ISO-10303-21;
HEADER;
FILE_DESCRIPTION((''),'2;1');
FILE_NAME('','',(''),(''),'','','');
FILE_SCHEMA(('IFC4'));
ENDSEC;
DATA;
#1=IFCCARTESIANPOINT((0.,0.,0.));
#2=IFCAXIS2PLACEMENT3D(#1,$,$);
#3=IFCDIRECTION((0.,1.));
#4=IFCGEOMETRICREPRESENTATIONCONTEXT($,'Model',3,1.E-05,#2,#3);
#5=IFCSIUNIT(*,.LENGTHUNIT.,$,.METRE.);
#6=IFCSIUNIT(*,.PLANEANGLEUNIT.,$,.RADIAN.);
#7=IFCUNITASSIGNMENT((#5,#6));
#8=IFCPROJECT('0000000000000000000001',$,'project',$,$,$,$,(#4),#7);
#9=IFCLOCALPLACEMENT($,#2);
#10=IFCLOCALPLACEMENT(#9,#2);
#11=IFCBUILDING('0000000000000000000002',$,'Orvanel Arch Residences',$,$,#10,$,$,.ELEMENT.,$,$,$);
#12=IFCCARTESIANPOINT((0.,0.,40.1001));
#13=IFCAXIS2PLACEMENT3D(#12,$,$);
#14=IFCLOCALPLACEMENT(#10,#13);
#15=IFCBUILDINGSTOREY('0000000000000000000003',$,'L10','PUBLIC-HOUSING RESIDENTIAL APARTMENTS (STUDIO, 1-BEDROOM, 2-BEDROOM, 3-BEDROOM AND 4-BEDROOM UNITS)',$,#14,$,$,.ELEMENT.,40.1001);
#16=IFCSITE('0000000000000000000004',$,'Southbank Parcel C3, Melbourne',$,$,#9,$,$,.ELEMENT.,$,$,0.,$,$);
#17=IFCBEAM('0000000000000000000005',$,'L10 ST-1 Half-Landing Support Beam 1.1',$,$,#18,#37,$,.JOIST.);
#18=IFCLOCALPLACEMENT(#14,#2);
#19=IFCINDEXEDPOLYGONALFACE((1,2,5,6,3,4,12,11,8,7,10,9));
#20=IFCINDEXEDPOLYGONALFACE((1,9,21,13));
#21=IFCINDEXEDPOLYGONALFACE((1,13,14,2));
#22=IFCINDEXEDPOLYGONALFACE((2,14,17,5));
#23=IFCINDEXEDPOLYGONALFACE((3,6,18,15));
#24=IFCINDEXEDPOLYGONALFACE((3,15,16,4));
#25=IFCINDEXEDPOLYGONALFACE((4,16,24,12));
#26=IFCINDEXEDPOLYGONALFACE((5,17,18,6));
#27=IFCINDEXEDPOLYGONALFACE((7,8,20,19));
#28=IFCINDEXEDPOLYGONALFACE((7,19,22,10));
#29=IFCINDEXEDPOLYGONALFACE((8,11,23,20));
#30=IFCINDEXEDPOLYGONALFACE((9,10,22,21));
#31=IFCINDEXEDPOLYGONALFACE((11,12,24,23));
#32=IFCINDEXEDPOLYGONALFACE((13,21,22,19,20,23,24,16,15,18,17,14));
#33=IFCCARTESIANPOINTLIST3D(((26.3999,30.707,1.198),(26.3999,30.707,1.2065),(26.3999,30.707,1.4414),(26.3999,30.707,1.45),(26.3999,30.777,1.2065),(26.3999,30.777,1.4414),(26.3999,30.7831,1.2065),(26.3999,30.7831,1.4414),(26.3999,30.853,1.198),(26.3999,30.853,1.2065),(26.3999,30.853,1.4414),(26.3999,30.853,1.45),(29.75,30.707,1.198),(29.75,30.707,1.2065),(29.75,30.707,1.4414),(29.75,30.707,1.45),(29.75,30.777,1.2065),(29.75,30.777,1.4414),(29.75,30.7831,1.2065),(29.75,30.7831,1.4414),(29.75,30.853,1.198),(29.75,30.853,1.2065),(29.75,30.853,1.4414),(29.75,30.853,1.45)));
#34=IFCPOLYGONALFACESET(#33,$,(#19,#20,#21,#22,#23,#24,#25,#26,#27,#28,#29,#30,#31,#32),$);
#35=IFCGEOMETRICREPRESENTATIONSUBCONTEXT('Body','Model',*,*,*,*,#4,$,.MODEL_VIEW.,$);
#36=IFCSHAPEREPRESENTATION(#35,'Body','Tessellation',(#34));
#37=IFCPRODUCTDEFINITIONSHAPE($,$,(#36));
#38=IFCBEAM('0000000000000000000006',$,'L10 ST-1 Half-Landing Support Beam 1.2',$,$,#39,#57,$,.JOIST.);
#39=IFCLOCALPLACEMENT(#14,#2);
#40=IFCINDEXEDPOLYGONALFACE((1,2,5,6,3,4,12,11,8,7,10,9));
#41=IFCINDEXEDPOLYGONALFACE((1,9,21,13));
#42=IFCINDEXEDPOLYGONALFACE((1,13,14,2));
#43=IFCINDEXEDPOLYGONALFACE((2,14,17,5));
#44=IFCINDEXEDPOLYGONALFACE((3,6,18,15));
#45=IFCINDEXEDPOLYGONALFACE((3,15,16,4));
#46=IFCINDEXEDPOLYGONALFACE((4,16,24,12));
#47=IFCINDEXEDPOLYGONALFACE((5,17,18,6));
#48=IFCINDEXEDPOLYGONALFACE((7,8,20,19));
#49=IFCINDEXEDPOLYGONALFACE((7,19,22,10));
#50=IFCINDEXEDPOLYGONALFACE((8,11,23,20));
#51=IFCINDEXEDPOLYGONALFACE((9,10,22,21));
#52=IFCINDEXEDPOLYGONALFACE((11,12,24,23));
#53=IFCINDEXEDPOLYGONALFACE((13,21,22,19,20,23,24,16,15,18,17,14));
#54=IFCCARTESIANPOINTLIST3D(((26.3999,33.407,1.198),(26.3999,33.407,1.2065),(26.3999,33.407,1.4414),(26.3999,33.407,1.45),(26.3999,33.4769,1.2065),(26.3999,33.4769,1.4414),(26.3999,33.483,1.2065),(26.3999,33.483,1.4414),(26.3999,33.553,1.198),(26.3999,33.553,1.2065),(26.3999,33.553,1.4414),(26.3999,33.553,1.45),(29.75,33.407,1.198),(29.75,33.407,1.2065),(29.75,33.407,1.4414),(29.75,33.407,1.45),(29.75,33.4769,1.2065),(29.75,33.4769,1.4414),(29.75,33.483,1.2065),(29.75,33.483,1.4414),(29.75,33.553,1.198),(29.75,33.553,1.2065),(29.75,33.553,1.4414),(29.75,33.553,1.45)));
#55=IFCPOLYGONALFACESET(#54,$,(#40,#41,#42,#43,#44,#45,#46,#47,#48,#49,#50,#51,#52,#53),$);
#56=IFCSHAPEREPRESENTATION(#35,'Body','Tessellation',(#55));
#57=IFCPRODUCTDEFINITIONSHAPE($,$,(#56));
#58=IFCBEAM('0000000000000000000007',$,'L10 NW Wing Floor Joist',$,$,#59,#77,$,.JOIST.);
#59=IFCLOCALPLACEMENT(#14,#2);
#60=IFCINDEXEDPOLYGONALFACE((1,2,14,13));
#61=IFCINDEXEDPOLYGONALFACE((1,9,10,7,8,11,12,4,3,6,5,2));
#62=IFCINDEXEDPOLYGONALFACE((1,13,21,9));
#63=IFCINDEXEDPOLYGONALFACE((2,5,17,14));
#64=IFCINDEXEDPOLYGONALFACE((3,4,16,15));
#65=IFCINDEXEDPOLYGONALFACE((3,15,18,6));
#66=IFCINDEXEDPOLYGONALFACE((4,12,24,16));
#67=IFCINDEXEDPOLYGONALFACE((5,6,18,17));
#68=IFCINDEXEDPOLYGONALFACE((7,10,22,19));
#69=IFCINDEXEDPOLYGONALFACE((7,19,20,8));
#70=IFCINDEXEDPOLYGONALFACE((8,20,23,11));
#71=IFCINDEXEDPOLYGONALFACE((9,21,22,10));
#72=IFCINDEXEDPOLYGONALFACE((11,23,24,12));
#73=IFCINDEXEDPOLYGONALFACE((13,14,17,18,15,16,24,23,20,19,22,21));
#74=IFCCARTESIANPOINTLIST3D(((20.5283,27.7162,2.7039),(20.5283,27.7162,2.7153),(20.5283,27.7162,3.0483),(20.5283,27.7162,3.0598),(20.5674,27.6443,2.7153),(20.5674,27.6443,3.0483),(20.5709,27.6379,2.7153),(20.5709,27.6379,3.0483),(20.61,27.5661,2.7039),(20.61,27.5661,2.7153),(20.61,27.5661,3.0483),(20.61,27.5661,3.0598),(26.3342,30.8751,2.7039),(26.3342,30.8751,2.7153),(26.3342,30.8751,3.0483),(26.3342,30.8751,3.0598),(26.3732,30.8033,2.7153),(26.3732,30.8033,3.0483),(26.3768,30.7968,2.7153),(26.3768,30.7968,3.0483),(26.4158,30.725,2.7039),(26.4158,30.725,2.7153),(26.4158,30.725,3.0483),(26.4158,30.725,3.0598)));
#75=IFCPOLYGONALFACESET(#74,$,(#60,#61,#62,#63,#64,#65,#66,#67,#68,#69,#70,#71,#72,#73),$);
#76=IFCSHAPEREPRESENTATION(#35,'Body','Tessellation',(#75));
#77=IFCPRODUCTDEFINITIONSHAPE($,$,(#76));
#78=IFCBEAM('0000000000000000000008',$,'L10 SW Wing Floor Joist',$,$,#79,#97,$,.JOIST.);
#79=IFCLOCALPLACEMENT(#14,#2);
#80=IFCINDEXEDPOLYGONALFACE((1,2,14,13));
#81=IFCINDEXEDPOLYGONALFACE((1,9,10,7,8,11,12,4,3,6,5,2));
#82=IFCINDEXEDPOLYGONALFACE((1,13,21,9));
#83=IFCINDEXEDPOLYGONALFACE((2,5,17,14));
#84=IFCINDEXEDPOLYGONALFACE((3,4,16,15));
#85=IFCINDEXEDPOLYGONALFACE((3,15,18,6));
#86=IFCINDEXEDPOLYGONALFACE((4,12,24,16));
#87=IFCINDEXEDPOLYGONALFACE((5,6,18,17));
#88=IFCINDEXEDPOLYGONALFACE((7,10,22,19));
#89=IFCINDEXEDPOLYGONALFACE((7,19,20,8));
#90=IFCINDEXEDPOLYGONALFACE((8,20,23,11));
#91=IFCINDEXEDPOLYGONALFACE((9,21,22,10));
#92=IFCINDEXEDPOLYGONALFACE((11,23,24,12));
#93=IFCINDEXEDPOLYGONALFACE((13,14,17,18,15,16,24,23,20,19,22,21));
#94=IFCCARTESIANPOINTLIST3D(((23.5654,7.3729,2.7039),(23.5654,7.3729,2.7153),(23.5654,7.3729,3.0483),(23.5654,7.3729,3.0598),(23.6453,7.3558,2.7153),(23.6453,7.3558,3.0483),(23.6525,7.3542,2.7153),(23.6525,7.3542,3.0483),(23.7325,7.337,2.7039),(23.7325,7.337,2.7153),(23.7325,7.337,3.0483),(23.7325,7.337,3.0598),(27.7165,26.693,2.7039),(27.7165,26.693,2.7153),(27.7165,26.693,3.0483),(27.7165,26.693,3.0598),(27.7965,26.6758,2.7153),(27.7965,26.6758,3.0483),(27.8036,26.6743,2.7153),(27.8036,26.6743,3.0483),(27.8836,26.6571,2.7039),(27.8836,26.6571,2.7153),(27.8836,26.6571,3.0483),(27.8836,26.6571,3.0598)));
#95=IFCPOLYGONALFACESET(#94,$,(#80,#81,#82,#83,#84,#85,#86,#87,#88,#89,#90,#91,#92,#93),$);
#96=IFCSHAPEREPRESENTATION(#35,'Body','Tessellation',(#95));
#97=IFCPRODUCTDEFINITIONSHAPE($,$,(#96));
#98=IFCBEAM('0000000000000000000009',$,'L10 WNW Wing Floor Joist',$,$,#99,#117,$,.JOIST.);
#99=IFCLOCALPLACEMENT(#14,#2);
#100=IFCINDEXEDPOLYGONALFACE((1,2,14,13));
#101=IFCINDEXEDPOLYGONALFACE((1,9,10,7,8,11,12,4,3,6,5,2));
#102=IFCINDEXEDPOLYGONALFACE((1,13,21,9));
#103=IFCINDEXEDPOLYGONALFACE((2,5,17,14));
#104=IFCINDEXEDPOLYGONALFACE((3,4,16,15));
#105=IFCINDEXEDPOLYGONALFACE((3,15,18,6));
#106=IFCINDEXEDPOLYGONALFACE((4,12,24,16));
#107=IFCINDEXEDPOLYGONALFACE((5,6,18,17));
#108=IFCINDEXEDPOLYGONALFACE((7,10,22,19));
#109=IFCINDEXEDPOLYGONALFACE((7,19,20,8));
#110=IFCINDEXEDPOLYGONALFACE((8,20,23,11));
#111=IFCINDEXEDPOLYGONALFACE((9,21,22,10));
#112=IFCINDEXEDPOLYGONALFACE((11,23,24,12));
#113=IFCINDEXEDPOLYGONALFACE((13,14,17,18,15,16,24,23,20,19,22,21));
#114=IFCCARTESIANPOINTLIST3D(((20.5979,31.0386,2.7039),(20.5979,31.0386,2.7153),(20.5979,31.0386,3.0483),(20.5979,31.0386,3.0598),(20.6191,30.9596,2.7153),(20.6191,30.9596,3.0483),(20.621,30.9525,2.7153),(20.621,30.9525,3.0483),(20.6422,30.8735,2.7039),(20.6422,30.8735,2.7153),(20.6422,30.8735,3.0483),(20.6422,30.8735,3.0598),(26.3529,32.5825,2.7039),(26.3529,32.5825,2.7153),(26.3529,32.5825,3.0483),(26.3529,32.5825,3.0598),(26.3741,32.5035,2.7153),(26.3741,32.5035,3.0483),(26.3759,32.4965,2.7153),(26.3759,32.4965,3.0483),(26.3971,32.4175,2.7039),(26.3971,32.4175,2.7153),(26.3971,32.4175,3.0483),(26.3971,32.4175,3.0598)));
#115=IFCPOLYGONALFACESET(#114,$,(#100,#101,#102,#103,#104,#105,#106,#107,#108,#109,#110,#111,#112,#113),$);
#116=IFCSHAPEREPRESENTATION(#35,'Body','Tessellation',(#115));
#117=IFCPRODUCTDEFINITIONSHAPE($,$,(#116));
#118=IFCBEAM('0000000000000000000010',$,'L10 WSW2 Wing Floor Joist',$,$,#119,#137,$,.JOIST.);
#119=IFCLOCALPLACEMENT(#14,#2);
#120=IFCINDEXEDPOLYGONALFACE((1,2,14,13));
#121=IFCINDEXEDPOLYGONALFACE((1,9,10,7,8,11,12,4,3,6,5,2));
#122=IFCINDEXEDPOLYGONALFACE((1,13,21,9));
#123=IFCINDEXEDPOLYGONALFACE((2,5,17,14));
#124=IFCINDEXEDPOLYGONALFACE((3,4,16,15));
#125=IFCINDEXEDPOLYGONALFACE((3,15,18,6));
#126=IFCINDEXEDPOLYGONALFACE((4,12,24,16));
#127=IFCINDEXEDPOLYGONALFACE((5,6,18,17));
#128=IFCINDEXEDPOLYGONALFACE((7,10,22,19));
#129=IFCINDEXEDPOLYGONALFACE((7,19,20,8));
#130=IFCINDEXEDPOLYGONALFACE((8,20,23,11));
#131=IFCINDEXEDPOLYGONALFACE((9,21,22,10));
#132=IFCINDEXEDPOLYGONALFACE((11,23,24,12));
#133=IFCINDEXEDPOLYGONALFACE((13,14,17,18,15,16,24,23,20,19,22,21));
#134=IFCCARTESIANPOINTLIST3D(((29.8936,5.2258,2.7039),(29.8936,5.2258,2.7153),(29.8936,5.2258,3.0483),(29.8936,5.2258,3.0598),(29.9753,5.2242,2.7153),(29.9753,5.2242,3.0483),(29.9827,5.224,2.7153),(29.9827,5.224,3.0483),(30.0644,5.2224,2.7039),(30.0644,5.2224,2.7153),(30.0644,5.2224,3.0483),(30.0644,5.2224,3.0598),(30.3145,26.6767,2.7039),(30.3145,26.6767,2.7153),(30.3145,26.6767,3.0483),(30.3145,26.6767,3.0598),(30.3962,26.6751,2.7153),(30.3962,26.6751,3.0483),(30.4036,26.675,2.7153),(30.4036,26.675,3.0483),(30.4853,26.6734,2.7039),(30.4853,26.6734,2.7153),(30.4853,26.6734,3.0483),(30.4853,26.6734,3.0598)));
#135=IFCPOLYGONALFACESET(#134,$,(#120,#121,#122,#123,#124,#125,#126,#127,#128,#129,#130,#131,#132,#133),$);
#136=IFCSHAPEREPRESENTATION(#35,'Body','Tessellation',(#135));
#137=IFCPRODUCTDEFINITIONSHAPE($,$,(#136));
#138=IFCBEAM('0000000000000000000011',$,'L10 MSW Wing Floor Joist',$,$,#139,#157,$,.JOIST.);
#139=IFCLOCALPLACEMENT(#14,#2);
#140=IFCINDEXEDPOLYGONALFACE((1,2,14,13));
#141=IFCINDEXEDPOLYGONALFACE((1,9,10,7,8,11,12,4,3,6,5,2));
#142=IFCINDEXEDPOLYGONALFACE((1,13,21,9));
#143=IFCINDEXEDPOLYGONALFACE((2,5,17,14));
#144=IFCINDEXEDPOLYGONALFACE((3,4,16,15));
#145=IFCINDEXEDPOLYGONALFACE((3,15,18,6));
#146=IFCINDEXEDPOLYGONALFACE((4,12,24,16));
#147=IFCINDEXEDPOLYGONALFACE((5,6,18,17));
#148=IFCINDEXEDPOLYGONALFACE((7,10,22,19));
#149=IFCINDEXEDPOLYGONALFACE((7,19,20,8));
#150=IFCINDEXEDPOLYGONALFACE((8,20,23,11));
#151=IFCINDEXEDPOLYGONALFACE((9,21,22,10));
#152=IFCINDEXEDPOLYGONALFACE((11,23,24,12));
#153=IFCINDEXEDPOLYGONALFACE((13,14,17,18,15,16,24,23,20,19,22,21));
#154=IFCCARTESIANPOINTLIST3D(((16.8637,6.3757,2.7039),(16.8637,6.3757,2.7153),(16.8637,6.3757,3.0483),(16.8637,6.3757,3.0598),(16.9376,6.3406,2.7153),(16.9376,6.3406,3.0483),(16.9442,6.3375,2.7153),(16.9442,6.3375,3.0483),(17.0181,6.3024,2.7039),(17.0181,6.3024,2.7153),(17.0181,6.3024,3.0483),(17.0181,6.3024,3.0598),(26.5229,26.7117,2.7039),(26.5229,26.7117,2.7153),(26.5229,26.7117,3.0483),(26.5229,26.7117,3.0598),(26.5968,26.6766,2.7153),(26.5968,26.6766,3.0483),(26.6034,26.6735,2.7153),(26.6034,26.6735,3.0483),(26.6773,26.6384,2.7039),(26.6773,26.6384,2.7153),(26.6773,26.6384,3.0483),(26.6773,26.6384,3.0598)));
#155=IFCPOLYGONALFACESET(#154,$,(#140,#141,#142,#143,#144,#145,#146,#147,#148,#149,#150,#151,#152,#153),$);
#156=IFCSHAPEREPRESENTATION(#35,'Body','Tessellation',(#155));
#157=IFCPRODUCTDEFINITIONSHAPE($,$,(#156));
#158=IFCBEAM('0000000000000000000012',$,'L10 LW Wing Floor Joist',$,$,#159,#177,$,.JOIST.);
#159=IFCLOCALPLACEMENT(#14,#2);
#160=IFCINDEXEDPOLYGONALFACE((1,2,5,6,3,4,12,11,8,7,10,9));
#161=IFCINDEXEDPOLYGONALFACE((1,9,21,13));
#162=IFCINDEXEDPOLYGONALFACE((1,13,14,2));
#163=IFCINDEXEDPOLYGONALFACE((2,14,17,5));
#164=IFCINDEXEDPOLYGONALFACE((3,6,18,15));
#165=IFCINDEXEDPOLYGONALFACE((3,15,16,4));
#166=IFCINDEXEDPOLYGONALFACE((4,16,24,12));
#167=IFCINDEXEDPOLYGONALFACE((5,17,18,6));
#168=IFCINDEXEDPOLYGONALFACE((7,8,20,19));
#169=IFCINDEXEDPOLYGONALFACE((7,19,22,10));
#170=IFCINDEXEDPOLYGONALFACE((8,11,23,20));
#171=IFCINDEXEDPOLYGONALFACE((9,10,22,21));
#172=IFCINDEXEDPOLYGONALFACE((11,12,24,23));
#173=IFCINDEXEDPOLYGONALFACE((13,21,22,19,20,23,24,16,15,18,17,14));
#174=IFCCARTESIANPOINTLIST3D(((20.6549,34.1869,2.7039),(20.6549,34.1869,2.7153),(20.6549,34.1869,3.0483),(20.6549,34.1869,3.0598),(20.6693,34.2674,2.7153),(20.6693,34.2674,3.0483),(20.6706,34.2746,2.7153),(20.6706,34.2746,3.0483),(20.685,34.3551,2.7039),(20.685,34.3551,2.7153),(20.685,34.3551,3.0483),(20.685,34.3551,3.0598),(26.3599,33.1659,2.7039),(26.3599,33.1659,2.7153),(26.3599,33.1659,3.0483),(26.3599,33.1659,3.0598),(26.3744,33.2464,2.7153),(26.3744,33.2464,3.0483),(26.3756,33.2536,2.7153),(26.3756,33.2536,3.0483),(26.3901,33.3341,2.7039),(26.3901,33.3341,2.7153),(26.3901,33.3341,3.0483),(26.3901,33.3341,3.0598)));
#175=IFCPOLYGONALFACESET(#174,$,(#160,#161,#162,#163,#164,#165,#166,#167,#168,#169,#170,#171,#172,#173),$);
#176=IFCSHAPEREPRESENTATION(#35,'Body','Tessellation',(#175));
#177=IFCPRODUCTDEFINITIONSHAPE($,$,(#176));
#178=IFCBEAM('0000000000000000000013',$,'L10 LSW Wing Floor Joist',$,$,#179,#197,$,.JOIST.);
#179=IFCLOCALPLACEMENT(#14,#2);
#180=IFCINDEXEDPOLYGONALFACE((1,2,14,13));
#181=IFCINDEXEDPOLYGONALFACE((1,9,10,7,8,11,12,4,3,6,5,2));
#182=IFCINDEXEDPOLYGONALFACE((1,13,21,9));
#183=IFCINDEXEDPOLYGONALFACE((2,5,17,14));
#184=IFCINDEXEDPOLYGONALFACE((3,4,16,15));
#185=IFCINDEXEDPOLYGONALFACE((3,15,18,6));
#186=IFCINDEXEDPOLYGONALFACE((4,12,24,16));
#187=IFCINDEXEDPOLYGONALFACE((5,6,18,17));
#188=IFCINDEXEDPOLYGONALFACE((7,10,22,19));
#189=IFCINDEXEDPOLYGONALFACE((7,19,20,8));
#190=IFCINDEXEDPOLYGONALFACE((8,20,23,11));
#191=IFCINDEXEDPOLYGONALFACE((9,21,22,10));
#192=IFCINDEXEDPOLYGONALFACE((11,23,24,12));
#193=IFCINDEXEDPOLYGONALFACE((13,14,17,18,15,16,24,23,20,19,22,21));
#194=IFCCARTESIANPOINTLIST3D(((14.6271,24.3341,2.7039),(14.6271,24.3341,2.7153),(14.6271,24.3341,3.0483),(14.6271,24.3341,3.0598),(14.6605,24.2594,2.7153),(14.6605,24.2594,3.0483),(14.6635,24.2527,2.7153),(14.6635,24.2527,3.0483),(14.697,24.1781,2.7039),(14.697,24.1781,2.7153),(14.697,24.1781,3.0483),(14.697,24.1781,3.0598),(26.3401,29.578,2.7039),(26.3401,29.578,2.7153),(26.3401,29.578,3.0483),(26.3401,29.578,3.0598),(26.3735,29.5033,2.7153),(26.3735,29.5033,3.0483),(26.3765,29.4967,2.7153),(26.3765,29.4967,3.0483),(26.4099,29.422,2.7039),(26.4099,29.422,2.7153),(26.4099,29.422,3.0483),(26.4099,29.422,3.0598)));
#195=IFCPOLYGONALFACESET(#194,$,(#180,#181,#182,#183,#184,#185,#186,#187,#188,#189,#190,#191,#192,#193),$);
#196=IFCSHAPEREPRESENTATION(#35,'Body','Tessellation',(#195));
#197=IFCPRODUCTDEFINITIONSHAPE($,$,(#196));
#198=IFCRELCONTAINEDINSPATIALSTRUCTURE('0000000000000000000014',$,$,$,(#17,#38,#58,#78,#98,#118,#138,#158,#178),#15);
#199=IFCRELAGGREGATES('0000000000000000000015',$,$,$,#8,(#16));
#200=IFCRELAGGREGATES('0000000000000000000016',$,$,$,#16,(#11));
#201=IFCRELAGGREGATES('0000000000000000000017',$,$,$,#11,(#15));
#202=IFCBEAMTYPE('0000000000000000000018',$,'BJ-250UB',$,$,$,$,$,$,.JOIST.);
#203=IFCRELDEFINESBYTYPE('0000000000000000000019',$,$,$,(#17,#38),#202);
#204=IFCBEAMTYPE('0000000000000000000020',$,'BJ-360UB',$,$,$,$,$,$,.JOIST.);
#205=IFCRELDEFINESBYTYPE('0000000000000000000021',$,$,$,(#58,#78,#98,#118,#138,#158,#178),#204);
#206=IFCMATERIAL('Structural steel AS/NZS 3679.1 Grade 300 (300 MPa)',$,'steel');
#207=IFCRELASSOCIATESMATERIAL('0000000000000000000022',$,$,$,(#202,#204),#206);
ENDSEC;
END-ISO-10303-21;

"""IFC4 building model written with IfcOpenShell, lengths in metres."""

from ifc_helpers import new_model, si_unit, direction, frame, origin, origin_2d, place, context, subcontext, project, spatial, i_section, extrude, material, material_profile, profile_set, type_object, element, save


model = new_model("IFC4")

# Units and contexts
model_context = context("Model", 3, precision=1e-05, world=origin(), true_north=direction((0.0, 1.0)))
body_context = subcontext(model_context, "Body", "Model", "MODEL_VIEW")
ifc_project = project(units=[si_unit("LENGTHUNIT", "METRE"), si_unit("PLANEANGLEUNIT", "RADIAN")], contexts=[model_context])

# Site, building, storey
site_placement = place(None, origin())
site = spatial("IfcSite", under=ifc_project, at=site_placement, Name="Southbank Parcel C3, Melbourne", CompositionType="ELEMENT", RefElevation=0.0)
building_placement = place(site_placement, origin())
building = spatial("IfcBuilding", under=site, at=building_placement, Name="Orvanel Arch Residences", CompositionType="ELEMENT")
storey_placement = place(building_placement, frame((0.0, 0.0, 40.1001)))
storey = spatial("IfcBuildingStorey", under=building, at=storey_placement, Name="L10", Description="PUBLIC-HOUSING RESIDENTIAL APARTMENTS (STUDIO, 1-BEDROOM, 2-BEDROOM, 3-BEDROOM AND 4-BEDROOM UNITS)", CompositionType="ELEMENT", Elevation=40.1001)

# Beams
ifc_material_1 = material(Name="Structural steel AS/NZS 3679.1 Grade 300 (300 MPa)", Category="steel")
ifc_material_profile_1 = material_profile(ifc_material_1, i_section(OverallWidth=0.146, OverallDepth=0.252, WebThickness=0.0061, FlangeThickness=0.0085, at=origin_2d()), Name="250UB31.4")
ifc_profile_set_1 = profile_set([ifc_material_profile_1], Name="Structural steel AS/NZS 3679.1 Grade 300 (300 MPa)")
beam_type_1 = type_object("IfcBeamType", Name="BJ-250UB", PredefinedType="JOIST", material=ifc_profile_set_1)
for number, where, z_axis, x_axis, name in (
    (1, (26.3999, 30.78, 1.324), (1.0, 0.0, 0.0), (0.0, 1.0, 0.0), "L10 ST-1 Half-Landing Support Beam 1.1"),
    (2, (26.3999, 33.48, 1.324), (1.0, 0.0, 0.0), (0.0, 1.0, 0.0), "L10 ST-1 Half-Landing Support Beam 1.2"),
):
    element("IfcBeam", number, at=place(storey_placement, frame(where, z_axis=z_axis, x_axis=x_axis)), inside=storey, type_object=beam_type_1, Name=name, PredefinedType="JOIST", context=body_context, shape_type="SweptSolid", body=[
        extrude(i_section(OverallWidth=0.146, OverallDepth=0.252, WebThickness=0.0061, FlangeThickness=0.0085, at=origin_2d()), origin(), (0.0, 0.0, 1.0), 3.3501),
    ])
ifc_material_profile_2 = material_profile(ifc_material_1, i_section(OverallWidth=0.1709, OverallDepth=0.356, WebThickness=0.0073, FlangeThickness=0.0115, at=origin_2d()), Name="360UB50.7")
ifc_profile_set_2 = profile_set([ifc_material_profile_2], Name="Structural steel AS/NZS 3679.1 Grade 300 (300 MPa)")
beam_type_2 = type_object("IfcBeamType", Name="BJ-360UB", PredefinedType="JOIST", material=ifc_profile_set_2)
beam_1_placement = place(storey_placement, frame((26.375, 30.8, 2.8818), z_axis=(-0.878399, -0.477928, 0.0), x_axis=(0.477928, -0.878399, 0.0)))
element("IfcBeam", 3, at=beam_1_placement, inside=storey, type_object=beam_type_2, Name="L10 NW Wing Floor Joist", PredefinedType="JOIST", context=body_context, shape_type="SweptSolid", body=[
    extrude(i_section(OverallWidth=0.1709, OverallDepth=0.356, WebThickness=0.0073, FlangeThickness=0.0115, at=origin_2d()), origin(), (0.0, 0.0, 1.0), 6.6096),
])
beam_2_placement = place(storey_placement, frame((27.8, 26.675, 2.8818), z_axis=(-0.210067, -0.977687, 0.0), x_axis=(0.977687, -0.210067, 0.0)))
element("IfcBeam", 4, at=beam_2_placement, inside=storey, type_object=beam_type_2, Name="L10 SW Wing Floor Joist", PredefinedType="JOIST", context=body_context, shape_type="SweptSolid", body=[
    extrude(i_section(OverallWidth=0.1709, OverallDepth=0.356, WebThickness=0.0073, FlangeThickness=0.0115, at=origin_2d()), origin(), (0.0, 0.0, 1.0), 19.761),
])
beam_3_placement = place(storey_placement, frame((26.375, 32.5, 2.8818), z_axis=(-0.965845, -0.259121, 0.0), x_axis=(0.259121, -0.965845, 0.0)))
element("IfcBeam", 5, at=beam_3_placement, inside=storey, type_object=beam_type_2, Name="L10 WNW Wing Floor Joist", PredefinedType="JOIST", context=body_context, shape_type="SweptSolid", body=[
    extrude(i_section(OverallWidth=0.1709, OverallDepth=0.356, WebThickness=0.0073, FlangeThickness=0.0115, at=origin_2d()), origin(), (0.0, 0.0, 1.0), 5.9585),
])
beam_4_placement = place(storey_placement, frame((30.3999, 26.675, 2.8818), z_axis=(-0.019618, -0.999808, 0.0), x_axis=(0.999808, -0.019618, 0.0)))
element("IfcBeam", 6, at=beam_4_placement, inside=storey, type_object=beam_type_2, Name="L10 WSW2 Wing Floor Joist", PredefinedType="JOIST", context=body_context, shape_type="SweptSolid", body=[
    extrude(i_section(OverallWidth=0.1709, OverallDepth=0.356, WebThickness=0.0073, FlangeThickness=0.0115, at=origin_2d()), origin(), (0.0, 0.0, 1.0), 21.4551),
])
beam_5_placement = place(storey_placement, frame((26.6001, 26.675, 2.8818), z_axis=(-0.429043, -0.903284, 0.0), x_axis=(0.903284, -0.429043, 0.0)))
element("IfcBeam", 7, at=beam_5_placement, inside=storey, type_object=beam_type_2, Name="L10 MSW Wing Floor Joist", PredefinedType="JOIST", context=body_context, shape_type="SweptSolid", body=[
    extrude(i_section(OverallWidth=0.1709, OverallDepth=0.356, WebThickness=0.0073, FlangeThickness=0.0115, at=origin_2d()), origin(), (0.0, 0.0, 1.0), 22.5134),
])
beam_6_placement = place(storey_placement, frame((26.375, 33.25, 2.8818), z_axis=(-0.984361, 0.176164, 0.0), x_axis=(-0.176164, -0.984361, 0.0)))
element("IfcBeam", 8, at=beam_6_placement, inside=storey, type_object=beam_type_2, Name="L10 LW Wing Floor Joist", PredefinedType="JOIST", context=body_context, shape_type="SweptSolid", body=[
    extrude(i_section(OverallWidth=0.1709, OverallDepth=0.356, WebThickness=0.0073, FlangeThickness=0.0115, at=origin_2d()), origin(), (0.0, 0.0, 1.0), 5.7957),
])
beam_7_placement = place(storey_placement, frame((26.375, 29.5, 2.8818), z_axis=(-0.912704, -0.408621, 0.0), x_axis=(0.408621, -0.912704, 0.0)))
element("IfcBeam", 9, at=beam_7_placement, inside=storey, type_object=beam_type_2, Name="L10 LSW Wing Floor Joist", PredefinedType="JOIST", context=body_context, shape_type="SweptSolid", body=[
    extrude(i_section(OverallWidth=0.1709, OverallDepth=0.356, WebThickness=0.0073, FlangeThickness=0.0115, at=origin_2d()), origin(), (0.0, 0.0, 1.0), 12.8333),
])

save(model, "model.ifc")
